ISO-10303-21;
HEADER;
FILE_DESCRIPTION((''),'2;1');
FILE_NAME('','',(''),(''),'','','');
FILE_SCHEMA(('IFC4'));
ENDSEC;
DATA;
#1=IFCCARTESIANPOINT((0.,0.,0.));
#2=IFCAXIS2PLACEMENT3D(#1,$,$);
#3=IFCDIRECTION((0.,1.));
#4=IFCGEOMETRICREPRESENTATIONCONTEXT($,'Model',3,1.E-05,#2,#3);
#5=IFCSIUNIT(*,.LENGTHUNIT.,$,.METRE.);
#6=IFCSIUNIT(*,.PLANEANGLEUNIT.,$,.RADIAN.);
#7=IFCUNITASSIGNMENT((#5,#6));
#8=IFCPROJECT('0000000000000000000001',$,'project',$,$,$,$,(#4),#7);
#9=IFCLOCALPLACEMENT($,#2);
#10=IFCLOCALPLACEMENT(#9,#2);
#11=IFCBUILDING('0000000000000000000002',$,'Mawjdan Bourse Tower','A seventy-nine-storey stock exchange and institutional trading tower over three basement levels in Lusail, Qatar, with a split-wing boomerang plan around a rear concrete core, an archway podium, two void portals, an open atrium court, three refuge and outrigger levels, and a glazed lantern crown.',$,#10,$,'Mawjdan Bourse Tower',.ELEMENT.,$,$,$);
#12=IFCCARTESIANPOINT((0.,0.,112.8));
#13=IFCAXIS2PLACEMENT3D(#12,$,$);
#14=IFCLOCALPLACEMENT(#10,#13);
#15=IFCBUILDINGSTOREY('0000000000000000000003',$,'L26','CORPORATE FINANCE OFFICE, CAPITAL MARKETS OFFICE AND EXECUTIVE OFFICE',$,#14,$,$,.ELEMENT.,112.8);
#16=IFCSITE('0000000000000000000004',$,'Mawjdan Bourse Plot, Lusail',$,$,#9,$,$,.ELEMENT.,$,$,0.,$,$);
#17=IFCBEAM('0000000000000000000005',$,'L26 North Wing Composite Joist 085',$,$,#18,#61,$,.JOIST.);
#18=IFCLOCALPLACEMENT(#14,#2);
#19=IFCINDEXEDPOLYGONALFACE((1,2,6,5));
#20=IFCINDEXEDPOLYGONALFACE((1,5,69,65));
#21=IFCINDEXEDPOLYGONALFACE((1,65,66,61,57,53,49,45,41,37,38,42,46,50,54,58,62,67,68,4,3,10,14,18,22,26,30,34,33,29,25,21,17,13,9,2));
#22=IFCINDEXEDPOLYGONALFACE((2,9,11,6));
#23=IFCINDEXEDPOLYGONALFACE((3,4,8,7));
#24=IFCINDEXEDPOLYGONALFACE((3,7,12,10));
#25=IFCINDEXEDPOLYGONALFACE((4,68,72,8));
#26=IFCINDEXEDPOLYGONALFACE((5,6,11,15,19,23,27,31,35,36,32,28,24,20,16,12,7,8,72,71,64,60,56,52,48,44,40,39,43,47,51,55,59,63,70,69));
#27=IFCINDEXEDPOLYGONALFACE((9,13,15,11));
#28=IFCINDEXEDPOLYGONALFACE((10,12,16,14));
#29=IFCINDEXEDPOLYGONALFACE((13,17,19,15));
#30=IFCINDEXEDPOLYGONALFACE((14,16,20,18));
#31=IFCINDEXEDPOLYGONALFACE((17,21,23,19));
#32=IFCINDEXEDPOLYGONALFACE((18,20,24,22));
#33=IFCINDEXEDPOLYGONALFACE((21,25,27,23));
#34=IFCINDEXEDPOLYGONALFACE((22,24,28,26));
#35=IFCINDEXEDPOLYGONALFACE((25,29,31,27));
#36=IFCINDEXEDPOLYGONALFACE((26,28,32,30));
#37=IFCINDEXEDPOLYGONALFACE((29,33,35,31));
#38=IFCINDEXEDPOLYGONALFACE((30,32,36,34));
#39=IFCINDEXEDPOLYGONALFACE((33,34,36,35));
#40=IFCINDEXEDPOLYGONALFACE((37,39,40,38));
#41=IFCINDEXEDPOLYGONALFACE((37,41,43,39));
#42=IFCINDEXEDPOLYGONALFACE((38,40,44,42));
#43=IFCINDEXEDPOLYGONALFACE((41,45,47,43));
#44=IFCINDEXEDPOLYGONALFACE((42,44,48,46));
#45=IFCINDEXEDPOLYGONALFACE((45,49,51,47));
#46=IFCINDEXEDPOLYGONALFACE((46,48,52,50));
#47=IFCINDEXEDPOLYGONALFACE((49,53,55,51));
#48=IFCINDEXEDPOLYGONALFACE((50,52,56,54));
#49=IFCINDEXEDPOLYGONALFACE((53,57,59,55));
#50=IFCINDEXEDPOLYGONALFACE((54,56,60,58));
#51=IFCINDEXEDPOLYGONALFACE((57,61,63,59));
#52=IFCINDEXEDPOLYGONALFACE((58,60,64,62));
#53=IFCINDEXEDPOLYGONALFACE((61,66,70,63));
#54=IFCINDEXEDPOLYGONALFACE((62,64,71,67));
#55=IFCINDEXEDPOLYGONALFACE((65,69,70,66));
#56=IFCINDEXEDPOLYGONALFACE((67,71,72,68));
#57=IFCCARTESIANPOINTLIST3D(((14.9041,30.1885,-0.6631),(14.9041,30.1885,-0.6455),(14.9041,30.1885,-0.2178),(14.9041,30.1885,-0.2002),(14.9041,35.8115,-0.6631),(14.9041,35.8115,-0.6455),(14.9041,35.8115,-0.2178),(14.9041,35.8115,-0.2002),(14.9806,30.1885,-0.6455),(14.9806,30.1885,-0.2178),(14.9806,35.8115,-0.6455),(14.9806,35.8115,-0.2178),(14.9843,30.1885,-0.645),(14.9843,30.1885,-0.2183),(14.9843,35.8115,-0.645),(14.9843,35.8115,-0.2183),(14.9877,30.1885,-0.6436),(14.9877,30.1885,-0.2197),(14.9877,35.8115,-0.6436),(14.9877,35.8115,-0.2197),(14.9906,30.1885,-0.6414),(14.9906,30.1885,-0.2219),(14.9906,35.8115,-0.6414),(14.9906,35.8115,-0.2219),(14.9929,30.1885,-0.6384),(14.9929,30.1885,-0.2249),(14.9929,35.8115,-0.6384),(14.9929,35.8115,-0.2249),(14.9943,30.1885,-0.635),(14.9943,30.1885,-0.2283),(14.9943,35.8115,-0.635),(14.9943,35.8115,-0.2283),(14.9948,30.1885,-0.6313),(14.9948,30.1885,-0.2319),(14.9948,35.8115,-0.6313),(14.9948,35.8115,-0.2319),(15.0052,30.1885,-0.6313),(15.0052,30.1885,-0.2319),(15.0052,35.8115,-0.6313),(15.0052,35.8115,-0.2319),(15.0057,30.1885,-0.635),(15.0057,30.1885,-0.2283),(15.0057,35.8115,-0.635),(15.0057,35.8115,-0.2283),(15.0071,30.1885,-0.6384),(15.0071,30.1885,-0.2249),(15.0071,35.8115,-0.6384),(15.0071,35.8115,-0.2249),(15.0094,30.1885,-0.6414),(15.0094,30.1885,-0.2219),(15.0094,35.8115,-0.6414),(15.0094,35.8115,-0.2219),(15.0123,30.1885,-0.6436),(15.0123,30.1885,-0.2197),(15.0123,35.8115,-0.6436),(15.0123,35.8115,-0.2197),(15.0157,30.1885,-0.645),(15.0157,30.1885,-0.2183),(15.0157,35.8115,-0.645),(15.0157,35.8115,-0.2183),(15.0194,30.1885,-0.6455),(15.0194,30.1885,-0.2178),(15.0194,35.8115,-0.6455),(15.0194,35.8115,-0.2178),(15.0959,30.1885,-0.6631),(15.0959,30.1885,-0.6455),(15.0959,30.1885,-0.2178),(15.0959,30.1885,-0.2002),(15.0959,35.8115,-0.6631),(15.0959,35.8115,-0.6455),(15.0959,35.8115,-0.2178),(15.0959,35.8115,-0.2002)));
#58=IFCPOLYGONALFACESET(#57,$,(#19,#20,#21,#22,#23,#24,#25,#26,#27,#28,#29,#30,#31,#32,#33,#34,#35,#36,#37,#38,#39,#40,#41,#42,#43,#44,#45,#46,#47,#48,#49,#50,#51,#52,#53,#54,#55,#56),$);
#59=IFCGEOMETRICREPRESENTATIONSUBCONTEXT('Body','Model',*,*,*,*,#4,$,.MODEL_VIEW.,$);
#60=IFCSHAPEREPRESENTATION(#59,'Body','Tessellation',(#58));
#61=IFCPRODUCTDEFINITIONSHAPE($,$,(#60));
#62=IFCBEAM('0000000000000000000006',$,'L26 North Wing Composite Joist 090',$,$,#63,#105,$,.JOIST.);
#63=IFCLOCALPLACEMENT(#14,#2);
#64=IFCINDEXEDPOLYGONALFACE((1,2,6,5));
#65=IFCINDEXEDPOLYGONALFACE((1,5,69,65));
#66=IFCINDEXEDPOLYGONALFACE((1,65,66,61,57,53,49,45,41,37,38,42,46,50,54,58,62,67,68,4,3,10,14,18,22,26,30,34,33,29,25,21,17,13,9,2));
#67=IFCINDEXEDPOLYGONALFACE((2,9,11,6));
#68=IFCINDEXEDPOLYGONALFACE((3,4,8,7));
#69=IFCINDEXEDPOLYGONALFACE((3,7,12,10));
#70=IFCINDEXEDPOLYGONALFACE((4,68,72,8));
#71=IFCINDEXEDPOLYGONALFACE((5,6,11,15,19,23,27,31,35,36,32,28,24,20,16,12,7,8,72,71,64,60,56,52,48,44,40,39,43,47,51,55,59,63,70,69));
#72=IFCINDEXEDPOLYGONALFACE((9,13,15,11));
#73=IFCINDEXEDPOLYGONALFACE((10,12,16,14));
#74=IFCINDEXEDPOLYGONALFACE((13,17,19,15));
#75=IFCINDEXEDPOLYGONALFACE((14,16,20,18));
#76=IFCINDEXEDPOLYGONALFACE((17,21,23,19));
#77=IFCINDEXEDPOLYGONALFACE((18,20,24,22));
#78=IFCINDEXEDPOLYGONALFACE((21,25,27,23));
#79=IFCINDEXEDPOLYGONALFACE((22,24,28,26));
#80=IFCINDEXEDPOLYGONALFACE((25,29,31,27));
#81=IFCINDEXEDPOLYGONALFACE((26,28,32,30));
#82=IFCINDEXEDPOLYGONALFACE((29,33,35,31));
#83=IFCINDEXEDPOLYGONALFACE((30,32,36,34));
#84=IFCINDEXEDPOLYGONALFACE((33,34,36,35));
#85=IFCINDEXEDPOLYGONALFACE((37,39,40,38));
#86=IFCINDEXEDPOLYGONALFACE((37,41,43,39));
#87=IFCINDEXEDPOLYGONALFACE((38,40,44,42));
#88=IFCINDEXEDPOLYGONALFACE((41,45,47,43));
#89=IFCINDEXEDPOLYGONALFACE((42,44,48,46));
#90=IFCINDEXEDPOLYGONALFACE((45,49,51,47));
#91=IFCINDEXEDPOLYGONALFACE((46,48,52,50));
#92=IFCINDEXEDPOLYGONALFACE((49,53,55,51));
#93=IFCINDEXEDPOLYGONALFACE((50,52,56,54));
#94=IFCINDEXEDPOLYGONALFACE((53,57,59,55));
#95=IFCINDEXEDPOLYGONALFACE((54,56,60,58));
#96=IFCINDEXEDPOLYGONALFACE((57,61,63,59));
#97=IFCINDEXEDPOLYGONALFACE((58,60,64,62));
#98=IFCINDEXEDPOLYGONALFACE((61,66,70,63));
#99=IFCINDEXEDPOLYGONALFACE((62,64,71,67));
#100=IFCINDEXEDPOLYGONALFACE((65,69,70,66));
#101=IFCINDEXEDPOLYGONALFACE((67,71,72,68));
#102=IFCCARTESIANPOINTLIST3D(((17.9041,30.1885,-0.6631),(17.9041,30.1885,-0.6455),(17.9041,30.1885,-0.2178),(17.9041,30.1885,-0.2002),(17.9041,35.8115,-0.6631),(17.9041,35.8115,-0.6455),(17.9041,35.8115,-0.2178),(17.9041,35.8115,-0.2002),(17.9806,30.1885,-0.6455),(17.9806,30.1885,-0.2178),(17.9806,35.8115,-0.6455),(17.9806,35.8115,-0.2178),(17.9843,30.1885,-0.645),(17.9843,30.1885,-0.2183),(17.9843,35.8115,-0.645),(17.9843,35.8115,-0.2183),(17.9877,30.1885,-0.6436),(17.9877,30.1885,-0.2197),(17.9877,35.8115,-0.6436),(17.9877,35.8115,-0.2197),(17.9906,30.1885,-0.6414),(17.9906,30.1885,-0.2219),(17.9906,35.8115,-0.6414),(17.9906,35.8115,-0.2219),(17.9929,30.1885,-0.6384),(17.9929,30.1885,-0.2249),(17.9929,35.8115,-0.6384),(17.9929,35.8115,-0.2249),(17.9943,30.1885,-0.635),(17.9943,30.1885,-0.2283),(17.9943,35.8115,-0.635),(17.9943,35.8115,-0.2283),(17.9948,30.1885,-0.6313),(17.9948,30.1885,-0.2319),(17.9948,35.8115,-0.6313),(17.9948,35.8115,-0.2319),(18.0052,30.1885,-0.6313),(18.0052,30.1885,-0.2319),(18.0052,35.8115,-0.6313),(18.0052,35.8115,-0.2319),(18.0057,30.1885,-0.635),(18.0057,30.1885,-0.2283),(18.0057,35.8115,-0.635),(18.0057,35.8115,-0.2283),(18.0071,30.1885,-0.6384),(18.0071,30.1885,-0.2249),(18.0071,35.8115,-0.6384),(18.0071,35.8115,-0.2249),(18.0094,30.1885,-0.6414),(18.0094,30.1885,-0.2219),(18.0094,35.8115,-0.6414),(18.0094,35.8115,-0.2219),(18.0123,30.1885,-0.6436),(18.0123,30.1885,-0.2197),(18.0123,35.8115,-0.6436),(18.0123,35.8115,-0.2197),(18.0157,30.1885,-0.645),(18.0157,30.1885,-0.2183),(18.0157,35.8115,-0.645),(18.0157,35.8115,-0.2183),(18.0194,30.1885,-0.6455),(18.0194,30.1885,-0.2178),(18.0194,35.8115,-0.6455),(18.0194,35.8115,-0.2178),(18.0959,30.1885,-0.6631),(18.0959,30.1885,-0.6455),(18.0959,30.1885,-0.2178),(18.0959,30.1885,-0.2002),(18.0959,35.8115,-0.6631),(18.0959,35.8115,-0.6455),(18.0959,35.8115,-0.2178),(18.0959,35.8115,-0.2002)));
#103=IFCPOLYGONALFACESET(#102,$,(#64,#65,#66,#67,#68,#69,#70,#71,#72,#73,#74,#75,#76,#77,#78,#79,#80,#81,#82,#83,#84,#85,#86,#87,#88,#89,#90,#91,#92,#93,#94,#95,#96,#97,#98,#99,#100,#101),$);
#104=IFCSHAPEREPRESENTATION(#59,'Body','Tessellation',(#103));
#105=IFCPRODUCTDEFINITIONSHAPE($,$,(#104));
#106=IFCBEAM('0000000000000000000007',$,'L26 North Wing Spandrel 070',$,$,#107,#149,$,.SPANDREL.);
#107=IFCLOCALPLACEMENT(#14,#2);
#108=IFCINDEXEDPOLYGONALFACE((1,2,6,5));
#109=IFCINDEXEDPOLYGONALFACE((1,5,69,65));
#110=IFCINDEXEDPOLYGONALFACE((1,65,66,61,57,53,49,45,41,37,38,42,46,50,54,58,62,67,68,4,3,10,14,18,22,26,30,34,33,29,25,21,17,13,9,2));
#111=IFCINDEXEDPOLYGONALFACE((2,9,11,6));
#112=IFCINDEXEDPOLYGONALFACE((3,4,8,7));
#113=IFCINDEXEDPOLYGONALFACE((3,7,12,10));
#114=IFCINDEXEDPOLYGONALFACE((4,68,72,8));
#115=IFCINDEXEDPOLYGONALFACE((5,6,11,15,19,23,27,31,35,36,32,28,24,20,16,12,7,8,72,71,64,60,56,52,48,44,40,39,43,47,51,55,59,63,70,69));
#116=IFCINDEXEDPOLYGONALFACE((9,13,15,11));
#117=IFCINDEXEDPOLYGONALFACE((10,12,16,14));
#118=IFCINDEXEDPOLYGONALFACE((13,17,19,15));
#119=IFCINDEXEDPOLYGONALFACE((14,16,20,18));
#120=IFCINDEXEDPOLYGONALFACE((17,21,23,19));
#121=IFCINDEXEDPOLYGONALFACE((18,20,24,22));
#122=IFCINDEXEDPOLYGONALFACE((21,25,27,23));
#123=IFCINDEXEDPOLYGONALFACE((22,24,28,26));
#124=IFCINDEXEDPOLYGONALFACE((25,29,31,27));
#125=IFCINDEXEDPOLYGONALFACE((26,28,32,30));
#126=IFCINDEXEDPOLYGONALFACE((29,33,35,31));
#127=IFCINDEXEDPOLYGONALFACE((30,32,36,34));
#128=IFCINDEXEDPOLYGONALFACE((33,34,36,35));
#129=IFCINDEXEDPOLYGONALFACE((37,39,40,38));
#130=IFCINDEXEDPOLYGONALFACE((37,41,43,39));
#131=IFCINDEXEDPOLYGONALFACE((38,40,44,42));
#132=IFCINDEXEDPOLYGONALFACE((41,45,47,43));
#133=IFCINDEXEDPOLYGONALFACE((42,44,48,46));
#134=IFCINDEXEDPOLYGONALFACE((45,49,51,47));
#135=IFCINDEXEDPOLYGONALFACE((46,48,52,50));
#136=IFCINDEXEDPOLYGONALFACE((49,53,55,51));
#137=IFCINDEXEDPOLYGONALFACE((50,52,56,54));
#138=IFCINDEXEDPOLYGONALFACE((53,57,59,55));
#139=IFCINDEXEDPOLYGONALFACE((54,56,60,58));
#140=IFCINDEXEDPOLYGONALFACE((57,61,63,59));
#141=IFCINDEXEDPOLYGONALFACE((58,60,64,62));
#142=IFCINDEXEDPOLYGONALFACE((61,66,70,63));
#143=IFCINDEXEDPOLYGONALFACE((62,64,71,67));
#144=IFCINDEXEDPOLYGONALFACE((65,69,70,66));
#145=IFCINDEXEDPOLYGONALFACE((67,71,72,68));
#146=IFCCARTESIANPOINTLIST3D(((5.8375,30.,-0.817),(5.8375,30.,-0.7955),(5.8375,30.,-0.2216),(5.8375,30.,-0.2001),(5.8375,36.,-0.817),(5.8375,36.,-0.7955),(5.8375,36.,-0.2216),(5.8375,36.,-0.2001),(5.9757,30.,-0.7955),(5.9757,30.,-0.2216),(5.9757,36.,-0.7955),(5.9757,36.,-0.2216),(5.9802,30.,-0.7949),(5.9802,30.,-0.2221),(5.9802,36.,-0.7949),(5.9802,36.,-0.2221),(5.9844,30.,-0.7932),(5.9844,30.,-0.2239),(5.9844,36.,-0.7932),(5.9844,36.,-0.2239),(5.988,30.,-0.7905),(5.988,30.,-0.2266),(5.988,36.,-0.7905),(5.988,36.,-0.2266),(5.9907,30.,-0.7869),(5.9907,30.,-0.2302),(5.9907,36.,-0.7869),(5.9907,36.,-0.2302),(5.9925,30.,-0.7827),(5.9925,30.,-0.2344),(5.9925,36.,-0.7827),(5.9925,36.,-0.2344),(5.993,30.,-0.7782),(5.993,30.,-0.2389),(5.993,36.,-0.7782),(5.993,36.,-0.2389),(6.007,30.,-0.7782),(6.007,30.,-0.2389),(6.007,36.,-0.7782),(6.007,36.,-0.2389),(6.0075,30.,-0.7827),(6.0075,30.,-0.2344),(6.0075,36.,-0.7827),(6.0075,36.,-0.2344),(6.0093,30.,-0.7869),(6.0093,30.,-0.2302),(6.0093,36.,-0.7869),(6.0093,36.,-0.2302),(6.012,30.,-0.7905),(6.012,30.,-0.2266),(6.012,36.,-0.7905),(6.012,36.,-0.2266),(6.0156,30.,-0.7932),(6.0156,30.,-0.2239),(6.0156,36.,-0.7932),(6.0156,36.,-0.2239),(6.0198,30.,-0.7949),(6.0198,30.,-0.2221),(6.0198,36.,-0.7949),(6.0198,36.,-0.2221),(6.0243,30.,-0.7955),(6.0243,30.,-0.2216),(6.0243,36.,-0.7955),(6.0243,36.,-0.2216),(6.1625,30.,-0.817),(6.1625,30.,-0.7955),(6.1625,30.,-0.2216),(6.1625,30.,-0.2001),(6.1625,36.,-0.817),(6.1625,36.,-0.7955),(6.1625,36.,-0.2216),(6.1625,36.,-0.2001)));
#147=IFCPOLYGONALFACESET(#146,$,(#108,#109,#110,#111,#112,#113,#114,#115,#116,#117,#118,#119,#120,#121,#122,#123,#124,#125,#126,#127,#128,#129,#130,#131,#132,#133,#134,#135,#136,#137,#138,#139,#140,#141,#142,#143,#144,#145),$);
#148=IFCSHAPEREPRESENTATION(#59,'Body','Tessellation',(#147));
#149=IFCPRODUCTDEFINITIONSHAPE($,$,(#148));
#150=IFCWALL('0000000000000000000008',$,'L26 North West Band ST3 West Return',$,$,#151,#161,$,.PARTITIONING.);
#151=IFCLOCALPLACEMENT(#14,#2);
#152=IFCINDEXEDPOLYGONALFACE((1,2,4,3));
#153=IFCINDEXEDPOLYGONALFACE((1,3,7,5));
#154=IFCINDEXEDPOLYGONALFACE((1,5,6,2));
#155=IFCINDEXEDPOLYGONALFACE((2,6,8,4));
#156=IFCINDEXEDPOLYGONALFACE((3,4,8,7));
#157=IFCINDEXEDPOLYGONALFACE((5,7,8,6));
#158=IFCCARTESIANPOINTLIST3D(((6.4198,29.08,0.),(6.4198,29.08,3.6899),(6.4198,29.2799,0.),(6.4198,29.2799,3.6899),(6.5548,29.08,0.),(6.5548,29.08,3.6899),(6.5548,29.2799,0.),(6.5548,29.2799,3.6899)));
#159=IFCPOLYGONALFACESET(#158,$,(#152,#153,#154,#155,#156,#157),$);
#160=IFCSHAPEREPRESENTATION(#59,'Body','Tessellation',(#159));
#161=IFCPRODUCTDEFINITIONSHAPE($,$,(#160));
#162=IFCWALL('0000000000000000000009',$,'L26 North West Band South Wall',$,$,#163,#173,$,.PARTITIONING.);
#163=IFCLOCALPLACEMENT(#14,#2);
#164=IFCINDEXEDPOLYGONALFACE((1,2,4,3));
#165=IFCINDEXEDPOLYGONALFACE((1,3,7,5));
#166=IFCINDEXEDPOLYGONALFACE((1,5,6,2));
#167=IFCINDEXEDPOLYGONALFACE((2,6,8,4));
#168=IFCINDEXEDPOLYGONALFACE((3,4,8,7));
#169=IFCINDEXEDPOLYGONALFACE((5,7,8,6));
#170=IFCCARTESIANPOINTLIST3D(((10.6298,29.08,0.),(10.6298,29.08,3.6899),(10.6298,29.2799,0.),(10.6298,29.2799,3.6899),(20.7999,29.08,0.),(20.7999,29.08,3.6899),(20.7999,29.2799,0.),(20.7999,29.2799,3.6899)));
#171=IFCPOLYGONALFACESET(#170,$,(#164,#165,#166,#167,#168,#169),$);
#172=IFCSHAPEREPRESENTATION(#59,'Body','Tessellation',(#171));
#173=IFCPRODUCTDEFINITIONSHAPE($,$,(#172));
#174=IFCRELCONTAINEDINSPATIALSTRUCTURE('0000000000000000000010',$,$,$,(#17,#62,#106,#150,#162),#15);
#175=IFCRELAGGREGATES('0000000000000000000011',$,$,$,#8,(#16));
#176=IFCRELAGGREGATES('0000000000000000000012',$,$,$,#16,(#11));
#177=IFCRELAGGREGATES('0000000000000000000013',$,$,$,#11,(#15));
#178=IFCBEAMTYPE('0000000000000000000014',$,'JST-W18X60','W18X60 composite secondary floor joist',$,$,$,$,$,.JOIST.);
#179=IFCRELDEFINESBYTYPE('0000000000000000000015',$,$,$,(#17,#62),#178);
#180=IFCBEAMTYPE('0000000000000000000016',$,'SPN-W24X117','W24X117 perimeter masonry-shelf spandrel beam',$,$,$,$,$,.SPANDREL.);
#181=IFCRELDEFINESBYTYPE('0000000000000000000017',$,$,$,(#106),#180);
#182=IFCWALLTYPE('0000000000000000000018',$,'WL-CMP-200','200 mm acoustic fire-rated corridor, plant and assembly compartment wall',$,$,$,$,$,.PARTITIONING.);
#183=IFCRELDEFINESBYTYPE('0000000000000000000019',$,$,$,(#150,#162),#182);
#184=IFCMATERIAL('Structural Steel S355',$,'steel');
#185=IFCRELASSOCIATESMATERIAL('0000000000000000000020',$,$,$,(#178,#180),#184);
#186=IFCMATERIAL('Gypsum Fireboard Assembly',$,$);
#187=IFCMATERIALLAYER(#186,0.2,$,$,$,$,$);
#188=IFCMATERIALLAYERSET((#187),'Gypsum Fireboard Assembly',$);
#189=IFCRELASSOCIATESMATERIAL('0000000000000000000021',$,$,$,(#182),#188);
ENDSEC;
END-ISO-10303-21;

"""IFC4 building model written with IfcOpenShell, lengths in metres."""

from ifc_helpers import new_model, si_unit, direction, frame, frame_2d, origin, origin_2d, place, context, subcontext, project, spatial, rectangle, i_section, extrude, material, layer, layer_set, material_profile, profile_set, type_object, element, save


model = new_model("IFC4")

# Units and contexts
model_context = context("Model", 3, precision=1e-05, world=origin(), true_north=direction((0.0, 1.0)))
body_context = subcontext(model_context, "Body", "Model", "MODEL_VIEW")
ifc_project = project(units=[si_unit("LENGTHUNIT", "METRE"), si_unit("PLANEANGLEUNIT", "RADIAN")], contexts=[model_context])

# Site, building, storey
site_placement = place(None, origin())
site = spatial("IfcSite", under=ifc_project, at=site_placement, Name="Mawjdan Bourse Plot, Lusail", CompositionType="ELEMENT", RefElevation=0.0)
building_placement = place(site_placement, origin())
building = spatial("IfcBuilding", under=site, at=building_placement, Name="Mawjdan Bourse Tower", Description="A seventy-nine-storey stock exchange and institutional trading tower over three basement levels in Lusail, Qatar, with a split-wing boomerang plan around a rear concrete core, an archway podium, two void portals, an open atrium court, three refuge and outrigger levels, and a glazed lantern crown.", LongName="Mawjdan Bourse Tower", CompositionType="ELEMENT")
storey_placement = place(building_placement, frame((0.0, 0.0, 112.8)))
storey = spatial("IfcBuildingStorey", under=building, at=storey_placement, Name="L26", Description="CORPORATE FINANCE OFFICE, CAPITAL MARKETS OFFICE AND EXECUTIVE OFFICE", CompositionType="ELEMENT", Elevation=112.8)

# Beams
ifc_material_1 = material(Name="Structural Steel S355", Category="steel")
ifc_material_profile_1 = material_profile(ifc_material_1, i_section(OverallWidth=0.1919, OverallDepth=0.4629, WebThickness=0.0105, FlangeThickness=0.0176, FilletRadius=0.0142, at=origin_2d()), Name="W18X60")
ifc_profile_set_1 = profile_set([ifc_material_profile_1], Name="Structural Steel S355")
beam_type_1 = type_object("IfcBeamType", Name="JST-W18X60", Description="W18X60 composite secondary floor joist", PredefinedType="JOIST", material=ifc_profile_set_1)
for number, where, z_axis, x_axis, name in (
    (1, (15.0, 30.1885, -0.4316), (0.0, 1.0, 0.0), (-1.0, 0.0, 0.0), "L26 North Wing Composite Joist 085"),
    (2, (18.0, 30.1885, -0.4316), (0.0, 1.0, 0.0), (-1.0, 0.0, 0.0), "L26 North Wing Composite Joist 090"),
):
    element("IfcBeam", number, at=place(storey_placement, frame(where, z_axis=z_axis, x_axis=x_axis)), inside=storey, type_object=beam_type_1, Name=name, PredefinedType="JOIST", context=body_context, shape_type="SweptSolid", body=[
        extrude(i_section(OverallWidth=0.1919, OverallDepth=0.4629, WebThickness=0.0105, FlangeThickness=0.0176, FilletRadius=0.0142, at=origin_2d()), origin(), (0.0, 0.0, 1.0), 5.623),
    ])
ifc_material_profile_2 = material_profile(ifc_material_1, i_section(OverallWidth=0.325, OverallDepth=0.6169, WebThickness=0.0139, FlangeThickness=0.0215, FilletRadius=0.0173, at=origin_2d()), Name="W24X117")
ifc_profile_set_2 = profile_set([ifc_material_profile_2], Name="Structural Steel S355")
beam_type_2 = type_object("IfcBeamType", Name="SPN-W24X117", Description="W24X117 perimeter masonry-shelf spandrel beam", PredefinedType="SPANDREL", material=ifc_profile_set_2)
beam_placement = place(storey_placement, frame((6.0, 30.0, -0.5085), z_axis=(0.0, 1.0, 0.0), x_axis=(-1.0, 0.0, 0.0)))
element("IfcBeam", 3, at=beam_placement, inside=storey, type_object=beam_type_2, Name="L26 North Wing Spandrel 070", PredefinedType="SPANDREL", context=body_context, shape_type="SweptSolid", body=[
    extrude(i_section(OverallWidth=0.325, OverallDepth=0.6169, WebThickness=0.0139, FlangeThickness=0.0215, FilletRadius=0.0173, at=origin_2d()), origin(), (0.0, 0.0, 1.0), 6.0),
])

# Walls
ifc_material_2 = material(Name="Gypsum Fireboard Assembly")
ifc_layer_1 = layer(ifc_material_2, 0.2)
ifc_layer_set_1 = layer_set([ifc_layer_1], Name="Gypsum Fireboard Assembly")
wall_type_1 = type_object("IfcWallType", Name="WL-CMP-200", Description="200 mm acoustic fire-rated corridor, plant and assembly compartment wall", PredefinedType="PARTITIONING", material=ifc_layer_set_1)
wall_1_placement = place(storey_placement, frame((6.4199, 29.1799, 0.0), z_axis=(0.0, 0.0, 1.0), x_axis=(1.0, 0.0, 0.0)))
element("IfcWall", 4, at=wall_1_placement, inside=storey, type_object=wall_type_1, Name="L26 North West Band ST3 West Return", PredefinedType="PARTITIONING", context=body_context, shape_type="SweptSolid", body=[
    extrude(rectangle(XDim=0.135, YDim=0.2, at=frame_2d((0.0674, 0.0))), origin(), (0.0, 0.0, 1.0), 3.6899),
])
wall_2_placement = place(storey_placement, frame((10.6299, 29.1799, 0.0), z_axis=(0.0, 0.0, 1.0), x_axis=(1.0, 0.0, 0.0)))
element("IfcWall", 5, at=wall_2_placement, inside=storey, type_object=wall_type_1, Name="L26 North West Band South Wall", PredefinedType="PARTITIONING", context=body_context, shape_type="SweptSolid", body=[
    extrude(rectangle(XDim=10.1702, YDim=0.2, at=frame_2d((5.085, 0.0))), origin(), (0.0, 0.0, 1.0), 3.6899),
])

save(model, "model.ifc")
